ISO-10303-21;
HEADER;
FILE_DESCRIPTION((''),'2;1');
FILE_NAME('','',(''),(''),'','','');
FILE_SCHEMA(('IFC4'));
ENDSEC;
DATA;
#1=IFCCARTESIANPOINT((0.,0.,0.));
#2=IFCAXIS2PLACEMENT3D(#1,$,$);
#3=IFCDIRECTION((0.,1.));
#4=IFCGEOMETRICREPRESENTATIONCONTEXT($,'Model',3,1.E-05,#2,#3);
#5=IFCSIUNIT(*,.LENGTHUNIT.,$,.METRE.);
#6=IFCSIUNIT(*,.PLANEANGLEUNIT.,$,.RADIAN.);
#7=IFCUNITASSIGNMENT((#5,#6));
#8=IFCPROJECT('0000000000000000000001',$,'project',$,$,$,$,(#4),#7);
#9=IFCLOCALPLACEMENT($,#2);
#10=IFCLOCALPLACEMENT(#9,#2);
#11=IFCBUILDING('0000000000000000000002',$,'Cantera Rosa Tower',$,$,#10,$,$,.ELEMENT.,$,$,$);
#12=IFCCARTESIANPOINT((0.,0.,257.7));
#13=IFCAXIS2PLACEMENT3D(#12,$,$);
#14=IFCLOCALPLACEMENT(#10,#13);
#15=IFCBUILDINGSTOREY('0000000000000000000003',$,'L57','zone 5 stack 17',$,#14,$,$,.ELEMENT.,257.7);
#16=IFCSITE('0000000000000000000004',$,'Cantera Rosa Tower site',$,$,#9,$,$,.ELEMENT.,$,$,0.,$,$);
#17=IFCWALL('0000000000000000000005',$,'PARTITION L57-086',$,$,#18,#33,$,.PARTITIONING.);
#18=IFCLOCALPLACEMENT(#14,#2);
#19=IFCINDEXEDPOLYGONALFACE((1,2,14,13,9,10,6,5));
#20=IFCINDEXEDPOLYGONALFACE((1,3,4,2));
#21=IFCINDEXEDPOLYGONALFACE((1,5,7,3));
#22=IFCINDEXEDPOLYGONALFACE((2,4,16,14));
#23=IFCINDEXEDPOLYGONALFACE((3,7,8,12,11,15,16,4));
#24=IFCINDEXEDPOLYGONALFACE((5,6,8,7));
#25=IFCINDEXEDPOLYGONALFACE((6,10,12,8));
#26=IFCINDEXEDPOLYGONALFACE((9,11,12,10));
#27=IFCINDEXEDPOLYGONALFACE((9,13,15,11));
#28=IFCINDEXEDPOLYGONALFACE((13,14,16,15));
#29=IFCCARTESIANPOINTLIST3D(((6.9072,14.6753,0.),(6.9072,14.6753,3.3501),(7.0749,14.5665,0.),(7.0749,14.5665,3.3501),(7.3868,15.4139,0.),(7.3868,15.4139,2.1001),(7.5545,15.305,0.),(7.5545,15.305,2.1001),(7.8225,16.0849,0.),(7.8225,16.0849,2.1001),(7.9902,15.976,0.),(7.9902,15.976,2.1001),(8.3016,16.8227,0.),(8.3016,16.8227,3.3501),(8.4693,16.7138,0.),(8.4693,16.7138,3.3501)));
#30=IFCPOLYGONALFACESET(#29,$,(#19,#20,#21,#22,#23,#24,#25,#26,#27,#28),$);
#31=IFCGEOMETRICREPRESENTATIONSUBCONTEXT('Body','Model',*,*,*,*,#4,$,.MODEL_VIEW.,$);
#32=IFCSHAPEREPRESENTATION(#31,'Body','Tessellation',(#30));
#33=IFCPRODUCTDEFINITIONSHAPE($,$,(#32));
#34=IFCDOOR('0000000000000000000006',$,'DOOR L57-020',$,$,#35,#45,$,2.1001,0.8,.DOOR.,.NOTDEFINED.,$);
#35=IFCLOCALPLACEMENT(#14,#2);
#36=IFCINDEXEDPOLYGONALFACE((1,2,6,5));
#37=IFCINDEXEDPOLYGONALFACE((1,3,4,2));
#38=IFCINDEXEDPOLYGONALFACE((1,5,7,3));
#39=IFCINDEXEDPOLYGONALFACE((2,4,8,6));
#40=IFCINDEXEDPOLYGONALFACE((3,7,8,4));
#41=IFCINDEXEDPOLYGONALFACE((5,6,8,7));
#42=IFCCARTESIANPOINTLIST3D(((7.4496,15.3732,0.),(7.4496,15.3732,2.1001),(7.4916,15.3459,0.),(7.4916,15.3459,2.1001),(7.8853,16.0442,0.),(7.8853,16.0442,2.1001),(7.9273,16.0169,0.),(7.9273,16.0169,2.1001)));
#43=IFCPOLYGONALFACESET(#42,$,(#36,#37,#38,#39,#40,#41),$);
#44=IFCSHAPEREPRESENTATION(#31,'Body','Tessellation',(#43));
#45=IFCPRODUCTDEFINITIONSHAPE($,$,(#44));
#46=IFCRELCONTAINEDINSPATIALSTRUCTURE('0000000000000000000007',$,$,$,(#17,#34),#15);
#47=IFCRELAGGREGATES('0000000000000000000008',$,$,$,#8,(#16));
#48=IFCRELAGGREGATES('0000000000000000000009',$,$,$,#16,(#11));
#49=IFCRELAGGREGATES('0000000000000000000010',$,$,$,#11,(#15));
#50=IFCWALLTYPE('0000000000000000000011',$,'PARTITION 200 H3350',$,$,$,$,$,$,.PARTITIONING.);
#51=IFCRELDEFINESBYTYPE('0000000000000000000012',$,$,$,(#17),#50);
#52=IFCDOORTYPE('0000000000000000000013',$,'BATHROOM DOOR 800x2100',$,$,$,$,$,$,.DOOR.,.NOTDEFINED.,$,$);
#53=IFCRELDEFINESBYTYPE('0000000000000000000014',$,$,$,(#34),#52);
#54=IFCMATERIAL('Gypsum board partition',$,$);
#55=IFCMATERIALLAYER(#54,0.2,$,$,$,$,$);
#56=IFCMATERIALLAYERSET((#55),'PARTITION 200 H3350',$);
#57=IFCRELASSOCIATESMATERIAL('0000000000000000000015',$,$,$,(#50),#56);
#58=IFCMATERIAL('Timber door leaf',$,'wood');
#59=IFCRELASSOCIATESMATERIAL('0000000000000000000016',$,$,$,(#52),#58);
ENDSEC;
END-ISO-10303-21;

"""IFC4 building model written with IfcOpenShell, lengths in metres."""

from ifc_helpers import new_model, si_unit, direction, frame, frame_2d, origin, place, context, subcontext, project, spatial, rectangle, extrude, material, layer, layer_set, type_object, element, fill, save


model = new_model("IFC4")

# Units and contexts
model_context = context("Model", 3, precision=1e-05, world=origin(), true_north=direction((0.0, 1.0)))
body_context = subcontext(model_context, "Body", "Model", "MODEL_VIEW")
ifc_project = project(units=[si_unit("LENGTHUNIT", "METRE"), si_unit("PLANEANGLEUNIT", "RADIAN")], contexts=[model_context])

# Site, building, storey
site_placement = place(None, origin())
site = spatial("IfcSite", under=ifc_project, at=site_placement, Name="Cantera Rosa Tower site", CompositionType="ELEMENT", RefElevation=0.0)
building_placement = place(site_placement, origin())
building = spatial("IfcBuilding", under=site, at=building_placement, Name="Cantera Rosa Tower", CompositionType="ELEMENT")
storey_placement = place(building_placement, frame((0.0, 0.0, 257.7)))
storey = spatial("IfcBuildingStorey", under=building, at=storey_placement, Name="L57", Description="zone 5 stack 17", CompositionType="ELEMENT", Elevation=257.7)

# Shared definitions
ifc_material_1 = material(Name="Gypsum board partition")
ifc_layer_1 = layer(ifc_material_1, 0.2)
ifc_layer_set_1 = layer_set([ifc_layer_1], Name="PARTITION 200 H3350")
wall_type_1 = type_object("IfcWallType", Name="PARTITION 200 H3350", PredefinedType="PARTITIONING", material=ifc_layer_set_1)

# Shared definitions
ifc_material_2 = material(Name="Timber door leaf", Category="wood")
door_type_1 = type_object("IfcDoorType", Name="BATHROOM DOOR 800x2100", OperationType="NOTDEFINED", PredefinedType="DOOR", material=ifc_material_2)

# Wall, opening, door
wall_1_placement = place(storey_placement, frame((8.3855, 16.7683, 0.0), z_axis=(0.0, 0.0, 1.0), x_axis=(-0.544603, -0.838694, 0.0)))
wall_1 = element("IfcWall", 1, at=wall_1_placement, inside=storey, type_object=wall_type_1, Name="PARTITION L57-086", PredefinedType="PARTITIONING", context=body_context, shape_type="SweptSolid", body=[
    extrude(rectangle(XDim=2.5603, YDim=0.2, at=frame_2d((1.2803, 0.0))), origin(), (0.0, 0.0, 1.0), 3.3501),
])
opening_1_placement = place(wall_1_placement, frame((0.8799, 0.0, 0.0)))
opening_1 = element("IfcOpeningElement", 2, at=opening_1_placement, cuts=wall_1, PredefinedType="OPENING", context=body_context, shape_type="SweptSolid", body=[
    extrude(rectangle(XDim=0.8, YDim=2.1001, at=frame_2d((0.3999, 1.05))), frame((0.0, 0.1099, 0.0), z_axis=(0.0, -1.0, 0.0), x_axis=(1.0, 0.0, 0.0)), (0.0, 0.0, 1.0), 0.22),
])
door_1_placement = place(opening_1_placement, origin())
door_1 = element("IfcDoor", 3, at=door_1_placement, inside=storey, type_object=door_type_1, Name="DOOR L57-020", OperationType="NOTDEFINED", OverallHeight=2.1001, OverallWidth=0.8, PredefinedType="DOOR", context=body_context, shape_type="SweptSolid", body=[
    extrude(rectangle(XDim=0.8, YDim=2.1001, at=frame_2d((0.3999, 1.05))), frame((0.0, 0.0249, 0.0), z_axis=(0.0, -1.0, 0.0), x_axis=(1.0, 0.0, 0.0)), (0.0, 0.0, 1.0), 0.05),
])
fill(opening_1, door_1)

save(model, "model.ifc")
